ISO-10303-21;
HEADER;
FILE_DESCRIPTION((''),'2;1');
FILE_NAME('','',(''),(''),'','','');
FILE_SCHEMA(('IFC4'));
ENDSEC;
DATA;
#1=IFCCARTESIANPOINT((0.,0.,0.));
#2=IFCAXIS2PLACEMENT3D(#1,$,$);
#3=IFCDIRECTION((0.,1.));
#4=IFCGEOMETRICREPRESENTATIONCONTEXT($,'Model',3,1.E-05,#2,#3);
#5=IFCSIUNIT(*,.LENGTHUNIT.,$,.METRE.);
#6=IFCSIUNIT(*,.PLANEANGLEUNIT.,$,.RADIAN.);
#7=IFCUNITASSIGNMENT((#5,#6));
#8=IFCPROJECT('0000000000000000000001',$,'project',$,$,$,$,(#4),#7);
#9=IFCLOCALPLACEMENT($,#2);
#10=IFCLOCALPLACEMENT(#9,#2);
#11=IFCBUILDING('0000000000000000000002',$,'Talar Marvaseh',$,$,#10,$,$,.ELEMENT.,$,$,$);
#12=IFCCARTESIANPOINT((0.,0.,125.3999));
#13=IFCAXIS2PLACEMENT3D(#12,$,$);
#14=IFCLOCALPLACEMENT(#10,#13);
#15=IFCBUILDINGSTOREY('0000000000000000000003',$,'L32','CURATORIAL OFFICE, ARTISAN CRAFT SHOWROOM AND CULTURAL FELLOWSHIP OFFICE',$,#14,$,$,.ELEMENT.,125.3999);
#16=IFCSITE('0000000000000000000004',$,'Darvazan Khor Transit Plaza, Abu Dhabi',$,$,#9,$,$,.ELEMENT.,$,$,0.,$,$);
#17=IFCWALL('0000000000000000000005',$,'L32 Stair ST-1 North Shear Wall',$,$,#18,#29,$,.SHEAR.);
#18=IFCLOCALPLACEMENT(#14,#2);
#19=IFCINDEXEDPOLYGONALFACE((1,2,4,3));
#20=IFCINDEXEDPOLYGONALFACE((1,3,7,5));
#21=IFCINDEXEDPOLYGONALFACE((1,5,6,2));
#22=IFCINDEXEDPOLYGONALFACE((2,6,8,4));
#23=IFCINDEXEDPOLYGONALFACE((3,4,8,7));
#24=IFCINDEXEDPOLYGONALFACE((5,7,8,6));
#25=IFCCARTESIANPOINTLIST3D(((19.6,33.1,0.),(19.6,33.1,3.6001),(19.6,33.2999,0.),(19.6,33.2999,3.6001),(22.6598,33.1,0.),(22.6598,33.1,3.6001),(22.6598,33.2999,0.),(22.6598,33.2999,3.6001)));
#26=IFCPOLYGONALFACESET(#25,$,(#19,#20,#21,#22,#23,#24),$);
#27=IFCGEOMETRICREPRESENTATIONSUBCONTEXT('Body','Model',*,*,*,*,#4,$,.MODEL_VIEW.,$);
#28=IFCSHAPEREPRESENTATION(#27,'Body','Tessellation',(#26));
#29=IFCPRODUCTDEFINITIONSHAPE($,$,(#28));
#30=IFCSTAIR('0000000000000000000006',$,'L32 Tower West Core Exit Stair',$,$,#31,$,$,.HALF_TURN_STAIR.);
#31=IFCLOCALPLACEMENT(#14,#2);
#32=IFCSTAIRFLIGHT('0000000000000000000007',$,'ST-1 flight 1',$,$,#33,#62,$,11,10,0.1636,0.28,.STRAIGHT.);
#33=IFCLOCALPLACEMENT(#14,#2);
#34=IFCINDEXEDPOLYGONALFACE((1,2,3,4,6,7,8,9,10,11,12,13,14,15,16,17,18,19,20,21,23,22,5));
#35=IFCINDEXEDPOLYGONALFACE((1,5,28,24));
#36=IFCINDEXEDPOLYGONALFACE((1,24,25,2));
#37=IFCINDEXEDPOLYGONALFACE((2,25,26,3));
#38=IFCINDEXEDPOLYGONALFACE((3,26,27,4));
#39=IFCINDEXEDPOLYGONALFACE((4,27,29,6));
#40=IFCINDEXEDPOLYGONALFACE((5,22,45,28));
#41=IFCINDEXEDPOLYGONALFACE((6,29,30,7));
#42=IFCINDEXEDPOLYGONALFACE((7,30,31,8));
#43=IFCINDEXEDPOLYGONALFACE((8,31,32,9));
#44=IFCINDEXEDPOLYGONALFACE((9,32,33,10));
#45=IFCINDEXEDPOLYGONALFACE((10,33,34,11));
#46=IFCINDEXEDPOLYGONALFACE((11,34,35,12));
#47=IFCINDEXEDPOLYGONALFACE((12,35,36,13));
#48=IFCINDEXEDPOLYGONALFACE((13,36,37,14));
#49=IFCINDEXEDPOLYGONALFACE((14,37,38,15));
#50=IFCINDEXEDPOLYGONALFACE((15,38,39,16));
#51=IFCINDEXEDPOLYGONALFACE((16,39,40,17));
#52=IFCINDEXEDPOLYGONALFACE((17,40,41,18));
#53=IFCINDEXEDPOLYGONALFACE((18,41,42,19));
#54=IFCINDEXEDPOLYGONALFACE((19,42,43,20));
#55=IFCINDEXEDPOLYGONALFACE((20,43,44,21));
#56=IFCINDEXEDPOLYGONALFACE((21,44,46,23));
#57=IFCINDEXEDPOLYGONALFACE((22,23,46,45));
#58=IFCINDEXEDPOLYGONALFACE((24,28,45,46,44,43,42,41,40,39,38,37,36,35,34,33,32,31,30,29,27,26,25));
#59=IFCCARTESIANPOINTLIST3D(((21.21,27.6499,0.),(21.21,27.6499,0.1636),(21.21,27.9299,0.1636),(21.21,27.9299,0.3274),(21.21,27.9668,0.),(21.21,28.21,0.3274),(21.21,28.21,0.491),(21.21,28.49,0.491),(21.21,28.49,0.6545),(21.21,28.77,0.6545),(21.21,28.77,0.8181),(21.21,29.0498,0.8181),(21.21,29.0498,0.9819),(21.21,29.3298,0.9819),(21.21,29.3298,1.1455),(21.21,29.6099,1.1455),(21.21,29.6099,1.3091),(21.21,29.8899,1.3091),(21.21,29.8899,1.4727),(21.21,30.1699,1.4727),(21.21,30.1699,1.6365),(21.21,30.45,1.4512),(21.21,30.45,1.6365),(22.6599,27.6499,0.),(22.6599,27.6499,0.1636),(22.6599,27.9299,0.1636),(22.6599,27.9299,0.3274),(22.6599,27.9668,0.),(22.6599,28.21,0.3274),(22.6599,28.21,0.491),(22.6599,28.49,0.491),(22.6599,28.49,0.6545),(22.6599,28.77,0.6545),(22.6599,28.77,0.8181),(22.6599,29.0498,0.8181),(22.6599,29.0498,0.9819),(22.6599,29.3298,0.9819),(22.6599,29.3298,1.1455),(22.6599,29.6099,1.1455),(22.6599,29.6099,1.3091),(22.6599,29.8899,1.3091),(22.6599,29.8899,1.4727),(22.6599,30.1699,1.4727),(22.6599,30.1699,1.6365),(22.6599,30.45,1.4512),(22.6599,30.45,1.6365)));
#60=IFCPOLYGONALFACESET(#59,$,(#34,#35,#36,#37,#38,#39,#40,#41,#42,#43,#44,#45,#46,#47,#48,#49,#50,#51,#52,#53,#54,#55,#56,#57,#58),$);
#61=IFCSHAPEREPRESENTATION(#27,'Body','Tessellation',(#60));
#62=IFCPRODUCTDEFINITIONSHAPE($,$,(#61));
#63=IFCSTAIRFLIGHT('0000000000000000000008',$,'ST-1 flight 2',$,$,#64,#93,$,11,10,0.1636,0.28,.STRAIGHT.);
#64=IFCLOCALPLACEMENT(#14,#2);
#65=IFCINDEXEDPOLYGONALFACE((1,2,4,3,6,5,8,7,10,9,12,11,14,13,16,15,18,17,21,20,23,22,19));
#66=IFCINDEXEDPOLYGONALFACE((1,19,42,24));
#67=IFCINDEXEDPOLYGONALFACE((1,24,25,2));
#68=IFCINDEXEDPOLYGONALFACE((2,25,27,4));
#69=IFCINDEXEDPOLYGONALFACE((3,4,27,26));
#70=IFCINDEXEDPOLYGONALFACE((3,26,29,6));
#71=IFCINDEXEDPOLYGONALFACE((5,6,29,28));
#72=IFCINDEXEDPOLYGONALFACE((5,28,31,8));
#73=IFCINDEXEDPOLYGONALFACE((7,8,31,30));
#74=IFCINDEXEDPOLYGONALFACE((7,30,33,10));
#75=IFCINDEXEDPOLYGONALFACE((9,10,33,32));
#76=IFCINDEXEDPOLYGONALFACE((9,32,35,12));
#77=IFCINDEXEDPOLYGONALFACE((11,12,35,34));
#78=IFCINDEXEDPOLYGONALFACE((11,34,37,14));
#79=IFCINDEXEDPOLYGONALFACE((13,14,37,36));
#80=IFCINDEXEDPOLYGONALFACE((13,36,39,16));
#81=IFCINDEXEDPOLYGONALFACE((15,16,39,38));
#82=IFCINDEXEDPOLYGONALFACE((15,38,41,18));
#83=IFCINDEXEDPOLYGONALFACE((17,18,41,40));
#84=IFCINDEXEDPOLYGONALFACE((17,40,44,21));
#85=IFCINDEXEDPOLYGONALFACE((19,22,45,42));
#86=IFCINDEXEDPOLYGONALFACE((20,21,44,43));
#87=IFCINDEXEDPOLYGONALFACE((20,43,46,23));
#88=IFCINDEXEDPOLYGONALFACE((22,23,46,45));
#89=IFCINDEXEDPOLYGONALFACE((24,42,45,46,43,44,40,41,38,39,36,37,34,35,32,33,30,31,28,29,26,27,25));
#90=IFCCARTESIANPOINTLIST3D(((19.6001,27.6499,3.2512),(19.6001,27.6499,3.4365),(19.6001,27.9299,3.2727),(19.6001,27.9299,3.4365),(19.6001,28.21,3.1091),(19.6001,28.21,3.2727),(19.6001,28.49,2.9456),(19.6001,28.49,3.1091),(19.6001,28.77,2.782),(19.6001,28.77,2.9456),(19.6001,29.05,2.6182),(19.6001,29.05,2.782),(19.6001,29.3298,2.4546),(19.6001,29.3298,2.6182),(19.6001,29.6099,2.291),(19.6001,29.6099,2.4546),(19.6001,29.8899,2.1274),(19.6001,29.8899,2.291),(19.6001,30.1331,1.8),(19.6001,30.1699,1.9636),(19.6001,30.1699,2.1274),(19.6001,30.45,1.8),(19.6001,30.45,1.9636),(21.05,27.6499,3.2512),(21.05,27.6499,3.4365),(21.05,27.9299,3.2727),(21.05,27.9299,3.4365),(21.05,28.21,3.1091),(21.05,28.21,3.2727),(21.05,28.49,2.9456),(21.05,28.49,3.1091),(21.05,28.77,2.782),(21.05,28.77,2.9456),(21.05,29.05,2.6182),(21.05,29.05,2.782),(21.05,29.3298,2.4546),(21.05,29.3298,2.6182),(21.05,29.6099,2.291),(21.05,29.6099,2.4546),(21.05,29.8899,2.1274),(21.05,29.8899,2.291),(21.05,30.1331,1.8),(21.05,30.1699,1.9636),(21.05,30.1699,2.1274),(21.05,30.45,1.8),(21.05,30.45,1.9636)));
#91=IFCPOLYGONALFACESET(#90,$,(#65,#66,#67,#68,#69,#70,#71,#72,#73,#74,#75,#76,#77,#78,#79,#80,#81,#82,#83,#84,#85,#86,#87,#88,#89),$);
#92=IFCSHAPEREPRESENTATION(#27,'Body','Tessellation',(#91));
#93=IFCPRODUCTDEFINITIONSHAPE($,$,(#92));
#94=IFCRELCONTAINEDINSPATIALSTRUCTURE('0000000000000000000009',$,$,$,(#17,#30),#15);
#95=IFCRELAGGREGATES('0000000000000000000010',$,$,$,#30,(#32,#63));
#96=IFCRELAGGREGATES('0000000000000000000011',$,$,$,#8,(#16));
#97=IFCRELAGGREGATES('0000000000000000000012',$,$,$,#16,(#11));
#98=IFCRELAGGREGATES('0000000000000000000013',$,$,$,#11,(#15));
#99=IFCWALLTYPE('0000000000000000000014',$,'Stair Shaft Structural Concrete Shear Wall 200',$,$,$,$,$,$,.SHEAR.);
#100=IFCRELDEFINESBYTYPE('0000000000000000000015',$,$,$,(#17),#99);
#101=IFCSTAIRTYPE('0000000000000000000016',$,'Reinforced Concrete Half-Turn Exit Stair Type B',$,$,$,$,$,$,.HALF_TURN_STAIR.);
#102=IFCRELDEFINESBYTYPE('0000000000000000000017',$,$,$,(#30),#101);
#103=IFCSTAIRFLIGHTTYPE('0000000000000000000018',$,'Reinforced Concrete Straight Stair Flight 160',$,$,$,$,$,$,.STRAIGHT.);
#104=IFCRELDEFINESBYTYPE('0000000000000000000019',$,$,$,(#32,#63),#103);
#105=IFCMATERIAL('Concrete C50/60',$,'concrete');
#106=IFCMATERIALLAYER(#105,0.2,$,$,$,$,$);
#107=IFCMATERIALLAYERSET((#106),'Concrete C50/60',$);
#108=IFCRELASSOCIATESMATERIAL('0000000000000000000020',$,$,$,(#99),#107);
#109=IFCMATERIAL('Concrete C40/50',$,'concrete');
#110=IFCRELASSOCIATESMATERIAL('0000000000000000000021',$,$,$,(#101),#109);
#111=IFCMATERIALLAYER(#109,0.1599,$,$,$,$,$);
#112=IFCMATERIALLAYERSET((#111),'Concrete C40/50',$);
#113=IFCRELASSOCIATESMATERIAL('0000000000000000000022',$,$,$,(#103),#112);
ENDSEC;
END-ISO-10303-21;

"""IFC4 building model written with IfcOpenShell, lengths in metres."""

from ifc_helpers import new_model, si_unit, direction, frame, frame_2d, origin, place, context, subcontext, project, spatial, polyline, rectangle, outline, extrude, material, layer, layer_set, type_object, element, aggregate, save


model = new_model("IFC4")

# Units and contexts
model_context = context("Model", 3, precision=1e-05, world=origin(), true_north=direction((0.0, 1.0)))
body_context = subcontext(model_context, "Body", "Model", "MODEL_VIEW")
ifc_project = project(units=[si_unit("LENGTHUNIT", "METRE"), si_unit("PLANEANGLEUNIT", "RADIAN")], contexts=[model_context])

# Site, building, storey
site_placement = place(None, origin())
site = spatial("IfcSite", under=ifc_project, at=site_placement, Name="Darvazan Khor Transit Plaza, Abu Dhabi", CompositionType="ELEMENT", RefElevation=0.0)
building_placement = place(site_placement, origin())
building = spatial("IfcBuilding", under=site, at=building_placement, Name="Talar Marvaseh", CompositionType="ELEMENT")
storey_placement = place(building_placement, frame((0.0, 0.0, 125.3999)))
storey = spatial("IfcBuildingStorey", under=building, at=storey_placement, Name="L32", Description="CURATORIAL OFFICE, ARTISAN CRAFT SHOWROOM AND CULTURAL FELLOWSHIP OFFICE", CompositionType="ELEMENT", Elevation=125.3999)

# Wall
ifc_material_1 = material(Name="Concrete C50/60", Category="concrete")
ifc_layer_1 = layer(ifc_material_1, 0.2)
ifc_layer_set_1 = layer_set([ifc_layer_1], Name="Concrete C50/60")
wall_type_1 = type_object("IfcWallType", Name="Stair Shaft Structural Concrete Shear Wall 200", PredefinedType="SHEAR", material=ifc_layer_set_1)
wall_1_placement = place(storey_placement, frame((19.6001, 33.2, 0.0), z_axis=(0.0, 0.0, 1.0), x_axis=(1.0, 0.0, 0.0)))
element("IfcWall", 1, at=wall_1_placement, inside=storey, type_object=wall_type_1, Name="L32 Stair ST-1 North Shear Wall", PredefinedType="SHEAR", context=body_context, shape_type="SweptSolid", body=[
    extrude(rectangle(XDim=3.0598, YDim=0.2, at=frame_2d((1.5298, 0.0))), origin(), (0.0, 0.0, 1.0), 3.6001),
])

# Stair, stair flights
ifc_material_2 = material(Name="Concrete C40/50", Category="concrete")
stair_type = type_object("IfcStairType", Name="Reinforced Concrete Half-Turn Exit Stair Type B", PredefinedType="HALF_TURN_STAIR", material=ifc_material_2)
stair_placement = place(storey_placement, origin())
stair = element("IfcStair", 2, at=stair_placement, inside=storey, type_object=stair_type, Name="L32 Tower West Core Exit Stair", PredefinedType="HALF_TURN_STAIR")
ifc_layer_2 = layer(ifc_material_2, 0.1599)
ifc_layer_set_2 = layer_set([ifc_layer_2], Name="Concrete C40/50")
stair_flight_type = type_object("IfcStairFlightType", Name="Reinforced Concrete Straight Stair Flight 160", PredefinedType="STRAIGHT", material=ifc_layer_set_2)
stair_flight_1_placement = place(storey_placement, frame((21.9351, 27.6499, 0.0), z_axis=(0.0, 0.0, 1.0), x_axis=(0.0, 1.0, 0.0)))
stair_flight_1 = element("IfcStairFlight", 3, at=stair_flight_1_placement, type_object=stair_flight_type, Name="ST-1 flight 1", NumberOfRisers=11, NumberOfTreads=10, PredefinedType="STRAIGHT", RiserHeight=0.1636, TreadLength=0.28, context=body_context, shape_type="SweptSolid", body=[
    extrude(outline(polyline([(0.0, 0.0), (0.0, 0.1636), (0.28, 0.1636), (0.28, 0.3274), (0.5601, 0.3274), (0.5601, 0.491), (0.8401, 0.491), (0.8401, 0.6545), (1.1201, 0.6545), (1.1201, 0.8181), (1.3999, 0.8181), (1.3999, 0.9819), (1.6799, 0.9819), (1.6799, 1.1455), (1.96, 1.1455), (1.96, 1.3091), (2.24, 1.3091), (2.24, 1.4727), (2.52, 1.4727), (2.52, 1.6365), (2.8, 1.6365), (2.8, 1.8), (2.8, 1.4512), (0.3169, 0.0), (0.0, 0.0)])), frame((0.0, 0.7251, 0.0), z_axis=(0.0, -1.0, 0.0), x_axis=(1.0, 0.0, 0.0)), (0.0, 0.0, 1.0), 1.45),
])
stair_flight_2_placement = place(storey_placement, frame((20.325, 30.45, 1.8), z_axis=(0.0, 0.0, 1.0), x_axis=(0.0, -1.0, 0.0)))
stair_flight_2 = element("IfcStairFlight", 4, at=stair_flight_2_placement, type_object=stair_flight_type, Name="ST-1 flight 2", NumberOfRisers=11, NumberOfTreads=10, PredefinedType="STRAIGHT", RiserHeight=0.1636, TreadLength=0.28, context=body_context, shape_type="SweptSolid", body=[
    extrude(outline(polyline([(0.0, 0.0), (0.0, 0.1636), (0.28, 0.1636), (0.28, 0.3274), (0.5601, 0.3274), (0.5601, 0.491), (0.8401, 0.491), (0.8401, 0.6545), (1.1201, 0.6545), (1.1201, 0.8181), (1.3999, 0.8181), (1.3999, 0.9819), (1.6799, 0.9819), (1.6799, 1.1455), (1.96, 1.1455), (1.96, 1.3091), (2.24, 1.3091), (2.24, 1.4727), (2.52, 1.4727), (2.52, 1.6365), (2.8, 1.6365), (2.8, 1.8), (2.8, 1.4512), (0.3169, 0.0), (0.0, 0.0)])), frame((0.0, 0.7251, 0.0), z_axis=(0.0, -1.0, 0.0), x_axis=(1.0, 0.0, 0.0)), (0.0, 0.0, 1.0), 1.45),
])
aggregate(stair, [stair_flight_1, stair_flight_2])

save(model, "model.ifc")
